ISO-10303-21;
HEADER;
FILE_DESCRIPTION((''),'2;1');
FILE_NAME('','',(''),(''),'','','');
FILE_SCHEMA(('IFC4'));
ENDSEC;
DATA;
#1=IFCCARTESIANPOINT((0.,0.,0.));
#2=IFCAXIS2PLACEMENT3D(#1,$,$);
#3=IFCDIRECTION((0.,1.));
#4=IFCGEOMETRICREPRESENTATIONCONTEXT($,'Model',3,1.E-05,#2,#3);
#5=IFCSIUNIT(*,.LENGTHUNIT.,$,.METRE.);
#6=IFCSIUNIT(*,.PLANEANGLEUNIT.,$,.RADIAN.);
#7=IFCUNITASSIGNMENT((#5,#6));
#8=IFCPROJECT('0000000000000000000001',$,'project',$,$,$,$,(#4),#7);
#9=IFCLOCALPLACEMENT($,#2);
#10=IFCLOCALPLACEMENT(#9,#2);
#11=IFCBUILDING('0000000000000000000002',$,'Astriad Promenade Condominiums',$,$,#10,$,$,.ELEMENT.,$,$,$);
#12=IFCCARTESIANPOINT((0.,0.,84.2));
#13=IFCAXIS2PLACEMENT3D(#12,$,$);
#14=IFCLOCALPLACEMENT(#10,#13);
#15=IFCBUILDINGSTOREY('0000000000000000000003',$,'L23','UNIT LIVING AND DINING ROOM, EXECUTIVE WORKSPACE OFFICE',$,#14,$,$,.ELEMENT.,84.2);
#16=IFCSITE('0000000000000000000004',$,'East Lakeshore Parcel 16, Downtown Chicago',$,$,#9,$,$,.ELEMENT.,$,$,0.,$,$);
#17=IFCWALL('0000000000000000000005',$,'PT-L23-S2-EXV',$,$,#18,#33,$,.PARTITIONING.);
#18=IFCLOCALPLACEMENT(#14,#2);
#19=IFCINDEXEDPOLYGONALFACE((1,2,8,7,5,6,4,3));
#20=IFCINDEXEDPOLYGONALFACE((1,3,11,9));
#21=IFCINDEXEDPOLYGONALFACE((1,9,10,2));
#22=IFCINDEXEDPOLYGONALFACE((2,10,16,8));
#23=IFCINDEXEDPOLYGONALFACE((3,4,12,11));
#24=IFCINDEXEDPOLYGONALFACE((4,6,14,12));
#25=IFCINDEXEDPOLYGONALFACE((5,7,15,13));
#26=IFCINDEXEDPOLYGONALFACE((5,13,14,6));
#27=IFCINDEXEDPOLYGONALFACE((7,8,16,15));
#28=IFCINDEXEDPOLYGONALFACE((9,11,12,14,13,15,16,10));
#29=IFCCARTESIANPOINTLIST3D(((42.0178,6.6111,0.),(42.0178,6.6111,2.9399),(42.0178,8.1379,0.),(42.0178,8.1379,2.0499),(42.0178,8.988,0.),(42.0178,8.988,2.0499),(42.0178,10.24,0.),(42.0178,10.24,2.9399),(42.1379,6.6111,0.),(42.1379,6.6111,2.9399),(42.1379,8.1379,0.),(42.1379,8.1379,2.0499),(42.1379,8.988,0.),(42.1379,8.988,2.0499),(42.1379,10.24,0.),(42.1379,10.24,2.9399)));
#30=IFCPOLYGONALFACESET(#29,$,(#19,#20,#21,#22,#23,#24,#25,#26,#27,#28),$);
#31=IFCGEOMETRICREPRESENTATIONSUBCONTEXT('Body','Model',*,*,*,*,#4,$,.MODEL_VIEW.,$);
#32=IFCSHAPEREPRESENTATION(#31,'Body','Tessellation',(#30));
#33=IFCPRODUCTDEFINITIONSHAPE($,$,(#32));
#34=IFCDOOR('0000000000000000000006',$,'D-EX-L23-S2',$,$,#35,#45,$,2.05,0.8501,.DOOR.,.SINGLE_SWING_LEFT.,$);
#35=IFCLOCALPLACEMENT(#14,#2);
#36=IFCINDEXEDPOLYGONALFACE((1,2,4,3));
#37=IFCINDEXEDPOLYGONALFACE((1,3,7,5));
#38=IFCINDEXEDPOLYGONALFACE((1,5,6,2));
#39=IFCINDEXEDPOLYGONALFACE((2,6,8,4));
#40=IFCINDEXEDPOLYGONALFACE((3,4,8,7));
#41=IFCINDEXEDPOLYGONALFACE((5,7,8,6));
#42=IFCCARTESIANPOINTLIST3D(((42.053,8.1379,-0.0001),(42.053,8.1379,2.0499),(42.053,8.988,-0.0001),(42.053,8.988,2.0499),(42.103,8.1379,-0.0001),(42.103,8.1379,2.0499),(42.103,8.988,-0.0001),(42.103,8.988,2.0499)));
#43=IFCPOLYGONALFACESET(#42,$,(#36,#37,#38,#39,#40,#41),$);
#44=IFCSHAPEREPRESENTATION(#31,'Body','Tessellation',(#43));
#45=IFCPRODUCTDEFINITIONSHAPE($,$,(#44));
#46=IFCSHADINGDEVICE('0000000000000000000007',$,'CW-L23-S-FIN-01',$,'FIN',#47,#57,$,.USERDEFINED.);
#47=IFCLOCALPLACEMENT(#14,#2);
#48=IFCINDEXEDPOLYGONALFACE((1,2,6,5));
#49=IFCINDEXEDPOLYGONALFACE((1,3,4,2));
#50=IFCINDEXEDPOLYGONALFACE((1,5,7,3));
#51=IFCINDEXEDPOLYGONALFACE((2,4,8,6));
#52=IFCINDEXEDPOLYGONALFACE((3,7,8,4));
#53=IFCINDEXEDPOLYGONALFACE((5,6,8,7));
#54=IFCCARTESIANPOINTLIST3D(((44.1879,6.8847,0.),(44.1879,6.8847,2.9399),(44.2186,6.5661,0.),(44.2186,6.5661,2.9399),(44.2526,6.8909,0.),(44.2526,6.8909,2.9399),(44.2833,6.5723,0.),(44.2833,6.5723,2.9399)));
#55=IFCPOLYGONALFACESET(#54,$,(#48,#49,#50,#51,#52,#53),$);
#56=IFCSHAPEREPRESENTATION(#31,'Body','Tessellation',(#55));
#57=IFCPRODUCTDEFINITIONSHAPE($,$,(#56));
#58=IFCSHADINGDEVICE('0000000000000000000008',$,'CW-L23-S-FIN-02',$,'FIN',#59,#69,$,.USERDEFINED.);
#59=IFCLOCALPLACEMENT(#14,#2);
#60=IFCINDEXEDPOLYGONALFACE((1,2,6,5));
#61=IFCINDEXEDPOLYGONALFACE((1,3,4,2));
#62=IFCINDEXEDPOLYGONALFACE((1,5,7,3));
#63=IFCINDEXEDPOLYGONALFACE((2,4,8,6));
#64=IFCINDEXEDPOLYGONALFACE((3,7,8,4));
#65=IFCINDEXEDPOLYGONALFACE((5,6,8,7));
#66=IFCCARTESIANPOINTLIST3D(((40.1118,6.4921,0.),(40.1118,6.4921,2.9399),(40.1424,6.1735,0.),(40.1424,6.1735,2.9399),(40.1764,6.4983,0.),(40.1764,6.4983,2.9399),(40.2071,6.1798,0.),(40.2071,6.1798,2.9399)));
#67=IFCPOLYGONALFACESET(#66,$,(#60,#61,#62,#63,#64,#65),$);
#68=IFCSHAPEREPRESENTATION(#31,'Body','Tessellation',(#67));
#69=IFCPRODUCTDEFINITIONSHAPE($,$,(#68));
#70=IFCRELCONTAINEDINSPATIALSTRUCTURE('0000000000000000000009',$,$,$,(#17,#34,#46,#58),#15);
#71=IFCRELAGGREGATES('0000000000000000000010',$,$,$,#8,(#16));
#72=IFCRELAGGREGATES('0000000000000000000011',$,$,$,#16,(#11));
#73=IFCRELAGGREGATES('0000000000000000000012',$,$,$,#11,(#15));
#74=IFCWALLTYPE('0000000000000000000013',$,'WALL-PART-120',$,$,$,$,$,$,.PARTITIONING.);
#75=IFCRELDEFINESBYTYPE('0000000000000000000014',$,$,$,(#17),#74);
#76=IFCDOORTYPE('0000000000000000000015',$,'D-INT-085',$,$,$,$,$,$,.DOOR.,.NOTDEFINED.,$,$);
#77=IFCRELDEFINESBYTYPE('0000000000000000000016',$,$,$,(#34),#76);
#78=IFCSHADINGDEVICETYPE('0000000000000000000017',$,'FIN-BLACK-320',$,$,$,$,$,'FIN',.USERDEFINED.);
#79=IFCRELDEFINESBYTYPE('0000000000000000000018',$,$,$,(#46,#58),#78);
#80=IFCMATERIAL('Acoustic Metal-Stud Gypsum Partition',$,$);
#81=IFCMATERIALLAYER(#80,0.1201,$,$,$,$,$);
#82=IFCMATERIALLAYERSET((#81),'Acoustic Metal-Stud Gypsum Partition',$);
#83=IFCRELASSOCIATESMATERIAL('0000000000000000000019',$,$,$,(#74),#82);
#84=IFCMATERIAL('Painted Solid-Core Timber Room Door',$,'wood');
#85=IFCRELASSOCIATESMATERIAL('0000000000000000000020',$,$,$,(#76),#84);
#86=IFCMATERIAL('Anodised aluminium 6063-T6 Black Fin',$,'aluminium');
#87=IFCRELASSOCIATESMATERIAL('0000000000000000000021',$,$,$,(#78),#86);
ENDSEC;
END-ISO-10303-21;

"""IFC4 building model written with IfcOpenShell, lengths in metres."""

from ifc_helpers import new_model, si_unit, direction, frame, frame_2d, origin, origin_2d, place, context, subcontext, project, spatial, rectangle, extrude, source, transform, mapped, material, layer, layer_set, type_object, type_shapes, element, fill, save


model = new_model("IFC4")

# Units and contexts
model_context = context("Model", 3, precision=1e-05, world=origin(), true_north=direction((0.0, 1.0)))
body_context = subcontext(model_context, "Body", "Model", "MODEL_VIEW")
ifc_project = project(units=[si_unit("LENGTHUNIT", "METRE"), si_unit("PLANEANGLEUNIT", "RADIAN")], contexts=[model_context])

# Site, building, storey
site_placement = place(None, origin())
site = spatial("IfcSite", under=ifc_project, at=site_placement, Name="East Lakeshore Parcel 16, Downtown Chicago", CompositionType="ELEMENT", RefElevation=0.0)
building_placement = place(site_placement, origin())
building = spatial("IfcBuilding", under=site, at=building_placement, Name="Astriad Promenade Condominiums", CompositionType="ELEMENT")
storey_placement = place(building_placement, frame((0.0, 0.0, 84.2)))
storey = spatial("IfcBuildingStorey", under=building, at=storey_placement, Name="L23", Description="UNIT LIVING AND DINING ROOM, EXECUTIVE WORKSPACE OFFICE", CompositionType="ELEMENT", Elevation=84.2)

# Wall, opening, door
ifc_material_1 = material(Name="Acoustic Metal-Stud Gypsum Partition")
ifc_layer_1 = layer(ifc_material_1, 0.1201)
ifc_layer_set_1 = layer_set([ifc_layer_1], Name="Acoustic Metal-Stud Gypsum Partition")
wall_type_1 = type_object("IfcWallType", Name="WALL-PART-120", PredefinedType="PARTITIONING", material=ifc_layer_set_1)
wall_1_placement = place(storey_placement, frame((42.0779, 6.6111, 0.0), z_axis=(0.0, 0.0, 1.0), x_axis=(0.0, 1.0, 0.0)))
wall_1 = element("IfcWall", 1, at=wall_1_placement, inside=storey, type_object=wall_type_1, Name="PT-L23-S2-EXV", PredefinedType="PARTITIONING", context=body_context, shape_type="SweptSolid", body=[
    extrude(rectangle(XDim=3.6289, YDim=0.1201, at=frame_2d((1.8145, 0.0))), origin(), (0.0, 0.0, 1.0), 2.9399),
])
opening_placement = place(wall_1_placement, frame((1.5269, 0.0, 0.0)))
opening = element("IfcOpeningElement", 2, at=opening_placement, cuts=wall_1, PredefinedType="OPENING", context=body_context, shape_type="SweptSolid", body=[
    extrude(rectangle(XDim=0.8501, YDim=2.05, at=frame_2d((0.425, 1.0249))), frame((0.0, 0.0701, 0.0), z_axis=(0.0, -1.0, 0.0), x_axis=(1.0, 0.0, 0.0)), (0.0, 0.0, 1.0), 0.1401),
])
ifc_material_2 = material(Name="Painted Solid-Core Timber Room Door", Category="wood")
door_type = type_object("IfcDoorType", Name="D-INT-085", OperationType="NOTDEFINED", PredefinedType="DOOR", material=ifc_material_2)
shared_shape_1 = source(origin(), body_context, "Body", "SweptSolid", [
    extrude(rectangle(XDim=0.8501, YDim=2.05, at=frame_2d((0.425, 1.0249))), frame((0.0, 0.0249, 0.0), z_axis=(0.0, -1.0, 0.0), x_axis=(1.0, 0.0, 0.0)), (0.0, 0.0, 1.0), 0.05),
])
type_shapes(door_type, [shared_shape_1])
door_placement = place(opening_placement, origin())
door = element("IfcDoor", 3, at=door_placement, inside=storey, type_object=door_type, Name="D-EX-L23-S2", OperationType="SINGLE_SWING_LEFT", OverallHeight=2.05, OverallWidth=0.8501, PredefinedType="DOOR", context=body_context, shape_type="MappedRepresentation", body=[
    mapped(shared_shape_1, transform((0.0, 0.0, 0.0), scale=1.0)),
])
fill(opening, door)

# Shading devices
ifc_material_3 = material(Name="Anodised aluminium 6063-T6 Black Fin", Category="aluminium")
shading_device_type = type_object("IfcShadingDeviceType", Name="FIN-BLACK-320", ElementType="FIN", PredefinedType="USERDEFINED", material=ifc_material_3)
shared_shape_2 = source(origin(), body_context, "Body", "SweptSolid", [
    extrude(rectangle(XDim=0.0649, YDim=0.3201, at=origin_2d()), origin(), (0.0, 0.0, 1.0), 2.9399),
])
type_shapes(shading_device_type, [shared_shape_2])
for number, where, z_axis, x_axis, name in (
    (4, (44.2356, 6.7285, 0.0), (0.0, 0.0, 1.0), (-0.995396, -0.095846, 0.0), "CW-L23-S-FIN-01"),
    (5, (40.1594, 6.3359, 0.0), (0.0, 0.0, 1.0), (-0.995396, -0.095846, 0.0), "CW-L23-S-FIN-02"),
):
    element("IfcShadingDevice", number, at=place(storey_placement, frame(where, z_axis=z_axis, x_axis=x_axis)), inside=storey, type_object=shading_device_type, Name=name, ObjectType="FIN", PredefinedType="USERDEFINED", context=body_context, shape_type="MappedRepresentation", body=[
        mapped(shared_shape_2, transform((0.0, 0.0, 0.0), scale=1.0)),
    ])

save(model, "model.ifc")
